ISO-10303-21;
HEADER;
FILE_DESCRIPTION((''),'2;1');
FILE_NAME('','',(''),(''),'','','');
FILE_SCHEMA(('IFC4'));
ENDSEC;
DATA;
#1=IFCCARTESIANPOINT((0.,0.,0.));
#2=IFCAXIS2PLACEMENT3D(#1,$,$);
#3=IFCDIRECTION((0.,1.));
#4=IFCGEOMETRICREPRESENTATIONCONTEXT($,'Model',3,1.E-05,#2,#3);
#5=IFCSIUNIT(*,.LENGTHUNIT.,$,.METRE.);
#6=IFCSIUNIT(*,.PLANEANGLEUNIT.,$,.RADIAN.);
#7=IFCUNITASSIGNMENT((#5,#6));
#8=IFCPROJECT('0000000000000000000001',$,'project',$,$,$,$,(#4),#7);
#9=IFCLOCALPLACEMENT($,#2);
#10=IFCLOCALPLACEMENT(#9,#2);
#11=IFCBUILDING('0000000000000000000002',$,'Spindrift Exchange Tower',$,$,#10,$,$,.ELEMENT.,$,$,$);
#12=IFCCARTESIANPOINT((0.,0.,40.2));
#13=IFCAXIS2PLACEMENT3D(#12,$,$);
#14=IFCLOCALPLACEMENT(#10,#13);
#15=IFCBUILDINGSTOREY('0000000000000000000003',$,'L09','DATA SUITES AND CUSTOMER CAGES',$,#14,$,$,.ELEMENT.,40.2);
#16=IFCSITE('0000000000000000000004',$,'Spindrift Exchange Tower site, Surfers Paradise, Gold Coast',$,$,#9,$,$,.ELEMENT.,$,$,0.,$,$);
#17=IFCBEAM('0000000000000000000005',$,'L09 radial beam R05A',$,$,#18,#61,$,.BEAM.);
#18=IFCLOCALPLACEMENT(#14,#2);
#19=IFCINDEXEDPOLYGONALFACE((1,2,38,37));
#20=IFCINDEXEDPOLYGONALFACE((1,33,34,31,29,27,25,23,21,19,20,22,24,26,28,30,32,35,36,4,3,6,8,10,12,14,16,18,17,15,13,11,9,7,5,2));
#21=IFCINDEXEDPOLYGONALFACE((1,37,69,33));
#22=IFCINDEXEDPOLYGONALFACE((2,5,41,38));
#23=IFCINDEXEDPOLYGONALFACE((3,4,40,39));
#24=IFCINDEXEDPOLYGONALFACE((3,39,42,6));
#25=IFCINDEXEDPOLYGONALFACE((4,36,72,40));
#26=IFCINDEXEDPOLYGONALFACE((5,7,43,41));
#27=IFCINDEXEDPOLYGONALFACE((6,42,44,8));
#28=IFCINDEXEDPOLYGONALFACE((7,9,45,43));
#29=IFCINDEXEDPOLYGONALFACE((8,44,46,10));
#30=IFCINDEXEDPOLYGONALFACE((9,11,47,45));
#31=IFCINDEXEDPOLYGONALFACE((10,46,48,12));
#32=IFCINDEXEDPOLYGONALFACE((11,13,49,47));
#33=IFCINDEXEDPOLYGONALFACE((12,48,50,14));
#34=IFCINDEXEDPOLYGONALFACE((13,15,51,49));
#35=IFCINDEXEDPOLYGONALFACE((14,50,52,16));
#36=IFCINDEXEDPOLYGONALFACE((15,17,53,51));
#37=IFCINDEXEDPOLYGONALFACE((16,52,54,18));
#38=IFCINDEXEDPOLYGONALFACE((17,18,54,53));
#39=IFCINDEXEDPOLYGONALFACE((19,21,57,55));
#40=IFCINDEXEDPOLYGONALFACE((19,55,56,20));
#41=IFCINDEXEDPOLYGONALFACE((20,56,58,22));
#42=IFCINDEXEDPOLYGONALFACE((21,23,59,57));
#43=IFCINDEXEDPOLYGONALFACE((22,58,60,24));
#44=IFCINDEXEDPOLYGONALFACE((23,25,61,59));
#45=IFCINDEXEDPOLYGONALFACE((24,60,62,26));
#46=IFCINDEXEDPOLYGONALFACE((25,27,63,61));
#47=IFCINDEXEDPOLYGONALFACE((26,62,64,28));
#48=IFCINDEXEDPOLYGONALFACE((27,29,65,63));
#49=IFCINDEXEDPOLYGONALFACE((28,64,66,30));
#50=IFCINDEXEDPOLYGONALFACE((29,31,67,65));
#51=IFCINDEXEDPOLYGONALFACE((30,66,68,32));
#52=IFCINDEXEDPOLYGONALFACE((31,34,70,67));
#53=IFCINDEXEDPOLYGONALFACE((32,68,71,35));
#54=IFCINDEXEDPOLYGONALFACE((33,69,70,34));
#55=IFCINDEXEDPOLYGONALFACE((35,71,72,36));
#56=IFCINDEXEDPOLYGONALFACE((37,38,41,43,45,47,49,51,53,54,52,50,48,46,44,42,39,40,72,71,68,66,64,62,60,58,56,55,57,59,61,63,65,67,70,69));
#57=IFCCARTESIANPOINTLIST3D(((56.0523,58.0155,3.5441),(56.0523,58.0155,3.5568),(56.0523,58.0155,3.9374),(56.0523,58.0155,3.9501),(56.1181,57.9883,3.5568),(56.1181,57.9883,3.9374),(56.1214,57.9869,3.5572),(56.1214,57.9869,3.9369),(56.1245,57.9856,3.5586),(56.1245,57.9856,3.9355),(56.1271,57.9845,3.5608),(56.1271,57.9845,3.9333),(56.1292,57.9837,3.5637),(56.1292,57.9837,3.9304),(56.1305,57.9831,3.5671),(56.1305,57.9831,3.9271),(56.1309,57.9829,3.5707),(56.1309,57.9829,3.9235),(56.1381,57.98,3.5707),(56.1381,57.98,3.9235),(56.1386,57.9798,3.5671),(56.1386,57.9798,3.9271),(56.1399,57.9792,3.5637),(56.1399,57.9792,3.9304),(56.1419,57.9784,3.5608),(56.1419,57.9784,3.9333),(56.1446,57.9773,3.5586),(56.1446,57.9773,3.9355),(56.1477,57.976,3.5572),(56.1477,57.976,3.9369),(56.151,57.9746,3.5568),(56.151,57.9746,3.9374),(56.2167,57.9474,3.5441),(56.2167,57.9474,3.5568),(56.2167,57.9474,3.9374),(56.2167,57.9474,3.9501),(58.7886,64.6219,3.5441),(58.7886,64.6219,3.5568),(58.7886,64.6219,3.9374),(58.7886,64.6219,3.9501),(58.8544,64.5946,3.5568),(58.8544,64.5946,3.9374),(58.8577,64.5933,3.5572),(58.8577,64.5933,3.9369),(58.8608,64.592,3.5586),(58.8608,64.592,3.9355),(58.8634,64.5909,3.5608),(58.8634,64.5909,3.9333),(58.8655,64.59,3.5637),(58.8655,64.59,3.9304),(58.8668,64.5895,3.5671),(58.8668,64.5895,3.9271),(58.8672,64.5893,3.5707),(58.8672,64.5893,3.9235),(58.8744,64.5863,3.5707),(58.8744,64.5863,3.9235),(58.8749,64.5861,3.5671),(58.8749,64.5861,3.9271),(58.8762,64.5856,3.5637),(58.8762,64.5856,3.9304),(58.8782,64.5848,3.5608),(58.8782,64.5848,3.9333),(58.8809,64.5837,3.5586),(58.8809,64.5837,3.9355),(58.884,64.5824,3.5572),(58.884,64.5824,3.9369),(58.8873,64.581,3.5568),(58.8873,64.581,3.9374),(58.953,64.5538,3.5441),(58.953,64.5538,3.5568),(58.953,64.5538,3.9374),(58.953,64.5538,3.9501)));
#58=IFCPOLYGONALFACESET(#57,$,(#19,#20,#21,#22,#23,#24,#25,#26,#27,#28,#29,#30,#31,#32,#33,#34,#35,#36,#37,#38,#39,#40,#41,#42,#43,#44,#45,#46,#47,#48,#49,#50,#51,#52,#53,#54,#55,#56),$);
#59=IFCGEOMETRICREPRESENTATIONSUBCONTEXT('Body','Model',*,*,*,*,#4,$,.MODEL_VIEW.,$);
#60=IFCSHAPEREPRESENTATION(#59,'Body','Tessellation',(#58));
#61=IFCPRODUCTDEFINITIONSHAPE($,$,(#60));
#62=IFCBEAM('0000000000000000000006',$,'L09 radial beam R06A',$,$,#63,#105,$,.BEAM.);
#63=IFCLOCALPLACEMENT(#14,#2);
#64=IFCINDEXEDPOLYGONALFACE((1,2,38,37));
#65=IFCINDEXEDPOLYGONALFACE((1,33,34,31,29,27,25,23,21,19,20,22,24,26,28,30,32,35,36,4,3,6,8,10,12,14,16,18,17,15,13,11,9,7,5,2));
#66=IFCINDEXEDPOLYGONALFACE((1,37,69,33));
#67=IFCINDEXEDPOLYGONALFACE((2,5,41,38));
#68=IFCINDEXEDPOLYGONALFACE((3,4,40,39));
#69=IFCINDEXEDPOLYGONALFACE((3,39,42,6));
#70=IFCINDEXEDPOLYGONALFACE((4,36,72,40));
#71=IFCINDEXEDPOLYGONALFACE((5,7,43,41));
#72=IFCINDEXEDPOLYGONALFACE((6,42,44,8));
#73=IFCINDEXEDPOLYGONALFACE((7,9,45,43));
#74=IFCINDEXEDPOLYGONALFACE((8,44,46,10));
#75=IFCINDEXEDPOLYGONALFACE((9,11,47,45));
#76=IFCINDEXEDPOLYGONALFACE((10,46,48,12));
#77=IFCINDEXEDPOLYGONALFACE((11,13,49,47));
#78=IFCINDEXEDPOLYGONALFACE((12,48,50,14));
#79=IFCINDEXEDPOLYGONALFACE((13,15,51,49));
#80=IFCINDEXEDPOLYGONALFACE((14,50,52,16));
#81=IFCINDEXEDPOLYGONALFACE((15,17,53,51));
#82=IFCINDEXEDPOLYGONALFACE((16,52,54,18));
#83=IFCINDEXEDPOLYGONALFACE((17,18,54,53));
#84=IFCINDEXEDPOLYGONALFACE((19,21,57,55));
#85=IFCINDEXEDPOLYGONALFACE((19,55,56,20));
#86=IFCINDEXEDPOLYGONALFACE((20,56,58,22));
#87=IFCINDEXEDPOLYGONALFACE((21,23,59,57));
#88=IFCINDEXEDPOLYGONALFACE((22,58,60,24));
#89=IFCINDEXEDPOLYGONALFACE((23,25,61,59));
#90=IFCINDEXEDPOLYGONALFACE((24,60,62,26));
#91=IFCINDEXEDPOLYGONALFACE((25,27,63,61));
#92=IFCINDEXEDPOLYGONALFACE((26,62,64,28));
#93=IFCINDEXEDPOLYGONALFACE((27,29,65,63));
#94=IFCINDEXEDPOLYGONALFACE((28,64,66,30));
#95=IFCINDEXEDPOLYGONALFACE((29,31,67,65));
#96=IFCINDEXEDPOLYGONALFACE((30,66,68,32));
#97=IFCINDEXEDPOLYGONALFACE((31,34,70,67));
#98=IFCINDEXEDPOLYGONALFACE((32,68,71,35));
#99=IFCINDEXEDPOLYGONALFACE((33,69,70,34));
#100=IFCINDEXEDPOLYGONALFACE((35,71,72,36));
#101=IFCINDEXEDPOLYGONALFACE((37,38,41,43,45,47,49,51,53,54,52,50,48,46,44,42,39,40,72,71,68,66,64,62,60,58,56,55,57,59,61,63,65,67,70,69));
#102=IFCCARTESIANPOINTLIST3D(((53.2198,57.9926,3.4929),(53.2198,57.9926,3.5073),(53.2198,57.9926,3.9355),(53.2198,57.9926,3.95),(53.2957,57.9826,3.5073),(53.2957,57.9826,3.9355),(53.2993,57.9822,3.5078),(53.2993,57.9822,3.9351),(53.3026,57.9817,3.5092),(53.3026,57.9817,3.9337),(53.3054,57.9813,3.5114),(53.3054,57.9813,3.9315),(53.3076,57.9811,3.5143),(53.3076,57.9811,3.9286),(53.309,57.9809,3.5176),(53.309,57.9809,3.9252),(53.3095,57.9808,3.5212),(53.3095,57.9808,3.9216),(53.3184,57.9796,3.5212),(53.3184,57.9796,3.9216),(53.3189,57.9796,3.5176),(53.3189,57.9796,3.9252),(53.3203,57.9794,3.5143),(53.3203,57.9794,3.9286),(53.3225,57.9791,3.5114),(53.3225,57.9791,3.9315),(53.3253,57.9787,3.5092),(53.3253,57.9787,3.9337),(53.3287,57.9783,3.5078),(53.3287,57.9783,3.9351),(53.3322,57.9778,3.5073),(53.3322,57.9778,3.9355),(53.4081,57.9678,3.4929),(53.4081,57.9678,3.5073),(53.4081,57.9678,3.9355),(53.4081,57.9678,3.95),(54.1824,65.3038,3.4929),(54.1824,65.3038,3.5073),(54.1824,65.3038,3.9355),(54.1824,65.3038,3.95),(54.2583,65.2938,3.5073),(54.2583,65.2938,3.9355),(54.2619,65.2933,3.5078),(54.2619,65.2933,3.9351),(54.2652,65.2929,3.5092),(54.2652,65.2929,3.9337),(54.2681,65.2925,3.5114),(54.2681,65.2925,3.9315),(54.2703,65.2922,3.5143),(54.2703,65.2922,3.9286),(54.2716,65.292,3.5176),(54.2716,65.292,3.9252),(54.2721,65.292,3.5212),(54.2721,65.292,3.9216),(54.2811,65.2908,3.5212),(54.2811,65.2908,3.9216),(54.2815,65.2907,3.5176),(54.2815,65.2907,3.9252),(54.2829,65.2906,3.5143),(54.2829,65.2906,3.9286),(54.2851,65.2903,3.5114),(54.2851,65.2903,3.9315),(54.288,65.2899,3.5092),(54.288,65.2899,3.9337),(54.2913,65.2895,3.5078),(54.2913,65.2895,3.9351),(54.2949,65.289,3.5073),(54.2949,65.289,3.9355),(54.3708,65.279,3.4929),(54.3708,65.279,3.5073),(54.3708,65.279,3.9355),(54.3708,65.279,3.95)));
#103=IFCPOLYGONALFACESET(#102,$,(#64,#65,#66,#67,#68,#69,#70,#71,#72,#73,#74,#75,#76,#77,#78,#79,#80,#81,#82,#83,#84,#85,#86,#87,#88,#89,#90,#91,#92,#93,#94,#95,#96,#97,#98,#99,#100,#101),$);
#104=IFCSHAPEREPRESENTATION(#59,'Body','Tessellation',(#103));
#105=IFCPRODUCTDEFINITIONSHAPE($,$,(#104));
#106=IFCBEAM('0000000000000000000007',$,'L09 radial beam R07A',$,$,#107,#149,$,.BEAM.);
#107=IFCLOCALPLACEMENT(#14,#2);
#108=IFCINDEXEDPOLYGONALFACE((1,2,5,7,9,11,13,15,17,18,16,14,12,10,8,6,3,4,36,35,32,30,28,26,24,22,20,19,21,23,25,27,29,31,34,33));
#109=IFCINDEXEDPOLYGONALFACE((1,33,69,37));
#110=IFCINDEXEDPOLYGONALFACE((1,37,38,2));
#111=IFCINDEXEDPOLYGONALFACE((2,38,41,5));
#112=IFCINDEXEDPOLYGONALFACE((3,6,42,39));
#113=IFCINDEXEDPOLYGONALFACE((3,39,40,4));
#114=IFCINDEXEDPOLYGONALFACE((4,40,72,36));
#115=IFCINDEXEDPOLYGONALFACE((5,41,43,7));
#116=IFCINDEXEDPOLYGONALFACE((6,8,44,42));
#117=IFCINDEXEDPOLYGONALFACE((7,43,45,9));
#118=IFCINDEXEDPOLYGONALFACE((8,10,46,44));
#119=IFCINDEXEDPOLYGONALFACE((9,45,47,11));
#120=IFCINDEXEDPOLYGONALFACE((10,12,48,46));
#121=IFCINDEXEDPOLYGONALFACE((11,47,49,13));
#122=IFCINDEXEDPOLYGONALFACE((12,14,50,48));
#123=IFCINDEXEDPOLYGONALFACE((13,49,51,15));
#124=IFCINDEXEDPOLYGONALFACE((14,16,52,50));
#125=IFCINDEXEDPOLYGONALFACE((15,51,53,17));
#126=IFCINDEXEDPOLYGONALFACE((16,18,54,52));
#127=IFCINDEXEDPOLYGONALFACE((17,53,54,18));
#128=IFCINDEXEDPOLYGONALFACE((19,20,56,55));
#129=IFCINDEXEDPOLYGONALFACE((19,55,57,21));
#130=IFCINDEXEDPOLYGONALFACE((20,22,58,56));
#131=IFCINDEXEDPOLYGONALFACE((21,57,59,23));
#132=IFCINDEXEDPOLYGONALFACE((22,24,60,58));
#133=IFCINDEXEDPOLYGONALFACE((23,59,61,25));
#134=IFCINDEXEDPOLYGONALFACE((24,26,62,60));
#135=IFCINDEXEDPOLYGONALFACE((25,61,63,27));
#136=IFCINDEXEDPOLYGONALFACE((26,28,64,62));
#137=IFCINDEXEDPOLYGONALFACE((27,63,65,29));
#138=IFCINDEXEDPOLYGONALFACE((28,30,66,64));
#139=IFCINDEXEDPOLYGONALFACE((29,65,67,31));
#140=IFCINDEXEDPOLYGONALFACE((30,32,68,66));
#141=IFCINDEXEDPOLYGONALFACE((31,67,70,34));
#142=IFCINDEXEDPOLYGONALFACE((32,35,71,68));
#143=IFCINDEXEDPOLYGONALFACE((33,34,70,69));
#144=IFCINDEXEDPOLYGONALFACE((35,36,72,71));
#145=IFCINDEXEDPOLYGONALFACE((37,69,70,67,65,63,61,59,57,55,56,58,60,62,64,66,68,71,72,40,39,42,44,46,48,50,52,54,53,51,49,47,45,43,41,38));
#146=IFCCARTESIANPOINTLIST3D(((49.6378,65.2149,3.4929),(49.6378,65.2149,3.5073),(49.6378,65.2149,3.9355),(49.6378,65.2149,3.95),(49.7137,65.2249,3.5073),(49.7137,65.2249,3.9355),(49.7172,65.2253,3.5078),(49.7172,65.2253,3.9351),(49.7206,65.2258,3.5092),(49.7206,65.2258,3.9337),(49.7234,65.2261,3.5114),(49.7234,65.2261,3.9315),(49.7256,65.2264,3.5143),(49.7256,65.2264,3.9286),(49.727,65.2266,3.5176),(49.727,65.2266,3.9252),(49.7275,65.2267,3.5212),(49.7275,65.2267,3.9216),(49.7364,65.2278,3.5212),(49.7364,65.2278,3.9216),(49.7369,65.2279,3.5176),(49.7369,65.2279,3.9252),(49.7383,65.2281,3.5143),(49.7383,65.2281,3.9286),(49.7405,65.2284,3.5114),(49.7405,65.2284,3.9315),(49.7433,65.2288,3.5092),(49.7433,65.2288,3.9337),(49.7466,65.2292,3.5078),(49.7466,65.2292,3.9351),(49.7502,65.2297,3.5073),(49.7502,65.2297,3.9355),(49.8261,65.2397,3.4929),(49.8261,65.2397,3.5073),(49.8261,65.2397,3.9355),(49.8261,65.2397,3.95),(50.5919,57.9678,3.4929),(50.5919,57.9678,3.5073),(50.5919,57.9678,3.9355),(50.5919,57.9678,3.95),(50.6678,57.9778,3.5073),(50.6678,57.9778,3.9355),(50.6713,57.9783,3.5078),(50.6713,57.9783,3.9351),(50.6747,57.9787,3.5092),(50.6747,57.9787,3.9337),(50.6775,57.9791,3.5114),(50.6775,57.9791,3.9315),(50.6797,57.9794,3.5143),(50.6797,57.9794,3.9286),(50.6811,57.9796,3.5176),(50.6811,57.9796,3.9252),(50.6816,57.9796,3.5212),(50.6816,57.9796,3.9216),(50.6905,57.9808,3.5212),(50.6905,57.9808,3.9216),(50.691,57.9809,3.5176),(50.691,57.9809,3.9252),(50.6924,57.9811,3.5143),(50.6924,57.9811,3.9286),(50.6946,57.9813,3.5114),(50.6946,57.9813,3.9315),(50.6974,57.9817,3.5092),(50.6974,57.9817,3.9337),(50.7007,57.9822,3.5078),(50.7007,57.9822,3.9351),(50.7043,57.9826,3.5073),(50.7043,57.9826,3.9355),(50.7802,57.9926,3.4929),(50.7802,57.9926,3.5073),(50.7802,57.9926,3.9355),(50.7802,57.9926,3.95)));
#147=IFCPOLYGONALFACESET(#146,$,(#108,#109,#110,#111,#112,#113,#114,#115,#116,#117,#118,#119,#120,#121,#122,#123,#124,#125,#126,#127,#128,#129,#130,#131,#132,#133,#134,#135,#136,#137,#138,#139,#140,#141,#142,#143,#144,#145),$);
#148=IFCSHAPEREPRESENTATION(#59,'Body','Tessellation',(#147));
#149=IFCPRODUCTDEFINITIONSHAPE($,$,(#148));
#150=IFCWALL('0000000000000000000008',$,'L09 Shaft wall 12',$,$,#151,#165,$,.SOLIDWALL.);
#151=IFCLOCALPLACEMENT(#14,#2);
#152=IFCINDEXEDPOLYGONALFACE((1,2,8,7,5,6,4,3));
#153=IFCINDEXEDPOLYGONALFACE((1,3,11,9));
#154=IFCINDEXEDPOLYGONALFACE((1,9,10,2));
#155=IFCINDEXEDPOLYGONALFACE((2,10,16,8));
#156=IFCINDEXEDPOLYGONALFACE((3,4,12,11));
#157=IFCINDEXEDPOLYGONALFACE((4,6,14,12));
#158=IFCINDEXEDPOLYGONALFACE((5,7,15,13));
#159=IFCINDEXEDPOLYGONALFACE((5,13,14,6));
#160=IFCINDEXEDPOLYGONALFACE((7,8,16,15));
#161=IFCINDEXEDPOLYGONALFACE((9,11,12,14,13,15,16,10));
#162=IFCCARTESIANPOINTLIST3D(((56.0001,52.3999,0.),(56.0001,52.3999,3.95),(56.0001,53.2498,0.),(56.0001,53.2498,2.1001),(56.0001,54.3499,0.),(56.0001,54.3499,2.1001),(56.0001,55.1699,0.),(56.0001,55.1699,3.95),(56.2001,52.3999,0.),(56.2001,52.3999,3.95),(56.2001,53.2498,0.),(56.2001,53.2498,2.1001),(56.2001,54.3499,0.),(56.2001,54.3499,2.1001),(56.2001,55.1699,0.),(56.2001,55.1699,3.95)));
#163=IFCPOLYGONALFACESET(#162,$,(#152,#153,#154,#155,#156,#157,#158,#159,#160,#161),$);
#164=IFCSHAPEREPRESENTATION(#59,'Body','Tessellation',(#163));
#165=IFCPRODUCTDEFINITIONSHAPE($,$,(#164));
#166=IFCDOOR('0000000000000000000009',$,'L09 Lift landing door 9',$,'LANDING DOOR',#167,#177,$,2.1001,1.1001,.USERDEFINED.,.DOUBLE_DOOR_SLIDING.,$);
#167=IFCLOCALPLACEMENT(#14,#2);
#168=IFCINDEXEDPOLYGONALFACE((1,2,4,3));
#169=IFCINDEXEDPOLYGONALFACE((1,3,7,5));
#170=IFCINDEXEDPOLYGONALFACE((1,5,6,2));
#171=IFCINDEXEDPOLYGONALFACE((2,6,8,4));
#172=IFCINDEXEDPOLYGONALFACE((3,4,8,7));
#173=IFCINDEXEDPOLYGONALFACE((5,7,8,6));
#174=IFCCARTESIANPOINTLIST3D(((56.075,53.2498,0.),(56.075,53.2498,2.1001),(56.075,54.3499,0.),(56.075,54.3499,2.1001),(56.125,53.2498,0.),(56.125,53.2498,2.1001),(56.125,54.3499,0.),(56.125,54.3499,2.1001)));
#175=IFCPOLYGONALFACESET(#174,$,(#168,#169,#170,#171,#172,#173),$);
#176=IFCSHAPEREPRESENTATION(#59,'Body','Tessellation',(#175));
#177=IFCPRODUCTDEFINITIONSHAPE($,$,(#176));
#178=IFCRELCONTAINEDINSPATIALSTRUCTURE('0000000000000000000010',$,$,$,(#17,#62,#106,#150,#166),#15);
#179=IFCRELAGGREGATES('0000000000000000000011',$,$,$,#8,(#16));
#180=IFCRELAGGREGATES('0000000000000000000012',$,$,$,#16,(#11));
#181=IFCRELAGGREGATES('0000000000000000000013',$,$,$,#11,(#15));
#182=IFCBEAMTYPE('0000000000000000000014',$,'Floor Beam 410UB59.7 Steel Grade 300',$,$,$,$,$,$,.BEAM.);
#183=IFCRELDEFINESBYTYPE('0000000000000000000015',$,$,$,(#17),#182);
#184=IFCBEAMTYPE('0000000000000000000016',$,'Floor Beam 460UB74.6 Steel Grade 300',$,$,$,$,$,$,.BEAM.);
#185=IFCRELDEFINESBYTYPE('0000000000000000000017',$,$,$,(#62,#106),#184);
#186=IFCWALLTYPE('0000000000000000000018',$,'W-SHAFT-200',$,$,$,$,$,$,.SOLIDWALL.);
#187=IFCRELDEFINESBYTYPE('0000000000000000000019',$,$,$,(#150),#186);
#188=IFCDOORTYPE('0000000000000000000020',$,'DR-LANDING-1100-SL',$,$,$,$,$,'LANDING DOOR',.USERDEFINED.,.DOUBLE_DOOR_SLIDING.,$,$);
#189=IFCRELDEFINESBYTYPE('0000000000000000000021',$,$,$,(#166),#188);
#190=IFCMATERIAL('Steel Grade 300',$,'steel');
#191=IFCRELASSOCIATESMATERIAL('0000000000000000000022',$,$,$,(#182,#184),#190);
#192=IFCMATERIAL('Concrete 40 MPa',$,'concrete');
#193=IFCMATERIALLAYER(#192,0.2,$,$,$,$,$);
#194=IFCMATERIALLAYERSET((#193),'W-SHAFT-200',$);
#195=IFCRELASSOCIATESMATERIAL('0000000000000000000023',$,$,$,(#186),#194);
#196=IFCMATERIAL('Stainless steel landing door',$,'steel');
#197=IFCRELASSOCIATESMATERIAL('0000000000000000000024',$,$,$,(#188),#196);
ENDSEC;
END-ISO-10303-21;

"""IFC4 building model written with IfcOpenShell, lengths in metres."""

from ifc_helpers import new_model, si_unit, direction, frame, frame_2d, origin, origin_2d, place, context, subcontext, project, spatial, rectangle, i_section, extrude, source, transform, mapped, material, layer, layer_set, material_profile, profile_set, type_object, element, fill, save


model = new_model("IFC4")

# Units and contexts
model_context = context("Model", 3, precision=1e-05, world=origin(), true_north=direction((0.0, 1.0)))
body_context = subcontext(model_context, "Body", "Model", "MODEL_VIEW")
ifc_project = project(units=[si_unit("LENGTHUNIT", "METRE"), si_unit("PLANEANGLEUNIT", "RADIAN")], contexts=[model_context])

# Site, building, storey
site_placement = place(None, origin())
site = spatial("IfcSite", under=ifc_project, at=site_placement, Name="Spindrift Exchange Tower site, Surfers Paradise, Gold Coast", CompositionType="ELEMENT", RefElevation=0.0)
building_placement = place(site_placement, origin())
building = spatial("IfcBuilding", under=site, at=building_placement, Name="Spindrift Exchange Tower", CompositionType="ELEMENT")
storey_placement = place(building_placement, frame((0.0, 0.0, 40.2)))
storey = spatial("IfcBuildingStorey", under=building, at=storey_placement, Name="L09", Description="DATA SUITES AND CUSTOMER CAGES", CompositionType="ELEMENT", Elevation=40.2)

# Beams
ifc_material_1 = material(Name="Steel Grade 300", Category="steel")
ifc_material_profile_1 = material_profile(ifc_material_1, i_section(OverallWidth=0.178, OverallDepth=0.406, WebThickness=0.0078, FlangeThickness=0.0127, FilletRadius=0.0139, at=origin_2d()), Name="410UB59.7")
ifc_profile_set_1 = profile_set([ifc_material_profile_1], Name="Steel Grade 300")
beam_type_1 = type_object("IfcBeamType", Name="Floor Beam 410UB59.7 Steel Grade 300", PredefinedType="BEAM", material=ifc_profile_set_1)
shared_shape_1 = source(origin(), body_context, "Body", "SweptSolid", [
    extrude(i_section(OverallWidth=0.178, OverallDepth=0.406, WebThickness=0.0078, FlangeThickness=0.0127, FilletRadius=0.0139, at=origin_2d()), origin(), (0.0, 0.0, 1.0), 7.1506),
])
beam_1_placement = place(storey_placement, frame((56.1345, 57.9814, 3.7471), z_axis=(0.382665, 0.923887, 0.0), x_axis=(-0.923887, 0.382665, 0.0)))
element("IfcBeam", 1, at=beam_1_placement, inside=storey, type_object=beam_type_1, Name="L09 radial beam R05A", PredefinedType="BEAM", context=body_context, shape_type="MappedRepresentation", body=[
    mapped(shared_shape_1, transform((0.0, 0.0, 0.0), scale=1.0)),
])
ifc_material_profile_2 = material_profile(ifc_material_1, i_section(OverallWidth=0.1899, OverallDepth=0.457, WebThickness=0.009, FlangeThickness=0.0144, FilletRadius=0.0139, at=origin_2d()), Name="460UB74.6")
ifc_profile_set_2 = profile_set([ifc_material_profile_2], Name="Steel Grade 300")
beam_type_2 = type_object("IfcBeamType", Name="Floor Beam 460UB74.6 Steel Grade 300", PredefinedType="BEAM", material=ifc_profile_set_2)
shared_shape_2 = source(origin(), body_context, "Body", "SweptSolid", [
    extrude(i_section(OverallWidth=0.1899, OverallDepth=0.457, WebThickness=0.009, FlangeThickness=0.0144, FilletRadius=0.0139, at=origin_2d()), origin(), (0.0, 0.0, 1.0), 7.3743),
])
beam_2_placement = place(storey_placement, frame((53.314, 57.9802, 3.7214), z_axis=(0.130539, 0.991443, 0.0), x_axis=(-0.991443, 0.130539, 0.0)))
element("IfcBeam", 2, at=beam_2_placement, inside=storey, type_object=beam_type_2, Name="L09 radial beam R06A", PredefinedType="BEAM", context=body_context, shape_type="MappedRepresentation", body=[
    mapped(shared_shape_2, transform((0.0, 0.0, 0.0), scale=1.0)),
])
shared_shape_3 = source(origin(), body_context, "Body", "SweptSolid", [
    extrude(i_section(OverallWidth=0.1899, OverallDepth=0.457, WebThickness=0.009, FlangeThickness=0.0144, FilletRadius=0.0139, at=origin_2d()), origin(), (0.0, 0.0, 1.0), 7.3096),
])
beam_3_placement = place(storey_placement, frame((50.686, 57.9802, 3.7214), z_axis=(-0.130527, 0.991445, 0.0), x_axis=(-0.991445, -0.130527, 0.0)))
element("IfcBeam", 3, at=beam_3_placement, inside=storey, type_object=beam_type_2, Name="L09 radial beam R07A", PredefinedType="BEAM", context=body_context, shape_type="MappedRepresentation", body=[
    mapped(shared_shape_3, transform((0.0, 0.0, 0.0), scale=1.0)),
])

# Wall, opening, door
ifc_material_2 = material(Name="Concrete 40 MPa", Category="concrete")
ifc_layer_1 = layer(ifc_material_2, 0.2)
ifc_layer_set_1 = layer_set([ifc_layer_1], Name="W-SHAFT-200")
wall_type_1 = type_object("IfcWallType", Name="W-SHAFT-200", PredefinedType="SOLIDWALL", material=ifc_layer_set_1)
wall_1_placement = place(storey_placement, frame((56.1001, 55.1699, 0.0), z_axis=(0.0, 0.0, 1.0), x_axis=(0.0, -1.0, 0.0)))
wall_1 = element("IfcWall", 4, at=wall_1_placement, inside=storey, type_object=wall_type_1, Name="L09 Shaft wall 12", PredefinedType="SOLIDWALL", context=body_context, shape_type="SweptSolid", body=[
    extrude(rectangle(XDim=2.77, YDim=0.2, at=frame_2d((1.385, 0.0))), origin(), (0.0, 0.0, 1.0), 3.95),
])
opening_1_placement = place(wall_1_placement, frame((0.8201, 0.0, 0.0)))
opening_1 = element("IfcOpeningElement", 5, at=opening_1_placement, cuts=wall_1, PredefinedType="OPENING", context=body_context, shape_type="SweptSolid", body=[
    extrude(rectangle(XDim=1.1001, YDim=2.1001, at=frame_2d((0.55, 1.05))), frame((0.0, 0.1099, 0.0), z_axis=(0.0, -1.0, 0.0), x_axis=(1.0, 0.0, 0.0)), (0.0, 0.0, 1.0), 0.22),
])
ifc_material_3 = material(Name="Stainless steel landing door", Category="steel")
door_type_1 = type_object("IfcDoorType", Name="DR-LANDING-1100-SL", ElementType="LANDING DOOR", OperationType="DOUBLE_DOOR_SLIDING", PredefinedType="USERDEFINED", material=ifc_material_3)
shared_shape_4 = source(origin(), body_context, "Body", "SweptSolid", [
    extrude(rectangle(XDim=1.1001, YDim=2.1001, at=frame_2d((0.55, 1.05))), frame((0.0, 0.0249, 0.0), z_axis=(0.0, -1.0, 0.0), x_axis=(1.0, 0.0, 0.0)), (0.0, 0.0, 1.0), 0.05),
])
door_1_placement = place(opening_1_placement, origin())
door_1 = element("IfcDoor", 6, at=door_1_placement, inside=storey, type_object=door_type_1, Name="L09 Lift landing door 9", ObjectType="LANDING DOOR", OperationType="DOUBLE_DOOR_SLIDING", OverallHeight=2.1001, OverallWidth=1.1001, PredefinedType="USERDEFINED", context=body_context, shape_type="MappedRepresentation", body=[
    mapped(shared_shape_4, transform((0.0, 0.0, 0.0), scale=1.0)),
])
fill(opening_1, door_1)

save(model, "model.ifc")
